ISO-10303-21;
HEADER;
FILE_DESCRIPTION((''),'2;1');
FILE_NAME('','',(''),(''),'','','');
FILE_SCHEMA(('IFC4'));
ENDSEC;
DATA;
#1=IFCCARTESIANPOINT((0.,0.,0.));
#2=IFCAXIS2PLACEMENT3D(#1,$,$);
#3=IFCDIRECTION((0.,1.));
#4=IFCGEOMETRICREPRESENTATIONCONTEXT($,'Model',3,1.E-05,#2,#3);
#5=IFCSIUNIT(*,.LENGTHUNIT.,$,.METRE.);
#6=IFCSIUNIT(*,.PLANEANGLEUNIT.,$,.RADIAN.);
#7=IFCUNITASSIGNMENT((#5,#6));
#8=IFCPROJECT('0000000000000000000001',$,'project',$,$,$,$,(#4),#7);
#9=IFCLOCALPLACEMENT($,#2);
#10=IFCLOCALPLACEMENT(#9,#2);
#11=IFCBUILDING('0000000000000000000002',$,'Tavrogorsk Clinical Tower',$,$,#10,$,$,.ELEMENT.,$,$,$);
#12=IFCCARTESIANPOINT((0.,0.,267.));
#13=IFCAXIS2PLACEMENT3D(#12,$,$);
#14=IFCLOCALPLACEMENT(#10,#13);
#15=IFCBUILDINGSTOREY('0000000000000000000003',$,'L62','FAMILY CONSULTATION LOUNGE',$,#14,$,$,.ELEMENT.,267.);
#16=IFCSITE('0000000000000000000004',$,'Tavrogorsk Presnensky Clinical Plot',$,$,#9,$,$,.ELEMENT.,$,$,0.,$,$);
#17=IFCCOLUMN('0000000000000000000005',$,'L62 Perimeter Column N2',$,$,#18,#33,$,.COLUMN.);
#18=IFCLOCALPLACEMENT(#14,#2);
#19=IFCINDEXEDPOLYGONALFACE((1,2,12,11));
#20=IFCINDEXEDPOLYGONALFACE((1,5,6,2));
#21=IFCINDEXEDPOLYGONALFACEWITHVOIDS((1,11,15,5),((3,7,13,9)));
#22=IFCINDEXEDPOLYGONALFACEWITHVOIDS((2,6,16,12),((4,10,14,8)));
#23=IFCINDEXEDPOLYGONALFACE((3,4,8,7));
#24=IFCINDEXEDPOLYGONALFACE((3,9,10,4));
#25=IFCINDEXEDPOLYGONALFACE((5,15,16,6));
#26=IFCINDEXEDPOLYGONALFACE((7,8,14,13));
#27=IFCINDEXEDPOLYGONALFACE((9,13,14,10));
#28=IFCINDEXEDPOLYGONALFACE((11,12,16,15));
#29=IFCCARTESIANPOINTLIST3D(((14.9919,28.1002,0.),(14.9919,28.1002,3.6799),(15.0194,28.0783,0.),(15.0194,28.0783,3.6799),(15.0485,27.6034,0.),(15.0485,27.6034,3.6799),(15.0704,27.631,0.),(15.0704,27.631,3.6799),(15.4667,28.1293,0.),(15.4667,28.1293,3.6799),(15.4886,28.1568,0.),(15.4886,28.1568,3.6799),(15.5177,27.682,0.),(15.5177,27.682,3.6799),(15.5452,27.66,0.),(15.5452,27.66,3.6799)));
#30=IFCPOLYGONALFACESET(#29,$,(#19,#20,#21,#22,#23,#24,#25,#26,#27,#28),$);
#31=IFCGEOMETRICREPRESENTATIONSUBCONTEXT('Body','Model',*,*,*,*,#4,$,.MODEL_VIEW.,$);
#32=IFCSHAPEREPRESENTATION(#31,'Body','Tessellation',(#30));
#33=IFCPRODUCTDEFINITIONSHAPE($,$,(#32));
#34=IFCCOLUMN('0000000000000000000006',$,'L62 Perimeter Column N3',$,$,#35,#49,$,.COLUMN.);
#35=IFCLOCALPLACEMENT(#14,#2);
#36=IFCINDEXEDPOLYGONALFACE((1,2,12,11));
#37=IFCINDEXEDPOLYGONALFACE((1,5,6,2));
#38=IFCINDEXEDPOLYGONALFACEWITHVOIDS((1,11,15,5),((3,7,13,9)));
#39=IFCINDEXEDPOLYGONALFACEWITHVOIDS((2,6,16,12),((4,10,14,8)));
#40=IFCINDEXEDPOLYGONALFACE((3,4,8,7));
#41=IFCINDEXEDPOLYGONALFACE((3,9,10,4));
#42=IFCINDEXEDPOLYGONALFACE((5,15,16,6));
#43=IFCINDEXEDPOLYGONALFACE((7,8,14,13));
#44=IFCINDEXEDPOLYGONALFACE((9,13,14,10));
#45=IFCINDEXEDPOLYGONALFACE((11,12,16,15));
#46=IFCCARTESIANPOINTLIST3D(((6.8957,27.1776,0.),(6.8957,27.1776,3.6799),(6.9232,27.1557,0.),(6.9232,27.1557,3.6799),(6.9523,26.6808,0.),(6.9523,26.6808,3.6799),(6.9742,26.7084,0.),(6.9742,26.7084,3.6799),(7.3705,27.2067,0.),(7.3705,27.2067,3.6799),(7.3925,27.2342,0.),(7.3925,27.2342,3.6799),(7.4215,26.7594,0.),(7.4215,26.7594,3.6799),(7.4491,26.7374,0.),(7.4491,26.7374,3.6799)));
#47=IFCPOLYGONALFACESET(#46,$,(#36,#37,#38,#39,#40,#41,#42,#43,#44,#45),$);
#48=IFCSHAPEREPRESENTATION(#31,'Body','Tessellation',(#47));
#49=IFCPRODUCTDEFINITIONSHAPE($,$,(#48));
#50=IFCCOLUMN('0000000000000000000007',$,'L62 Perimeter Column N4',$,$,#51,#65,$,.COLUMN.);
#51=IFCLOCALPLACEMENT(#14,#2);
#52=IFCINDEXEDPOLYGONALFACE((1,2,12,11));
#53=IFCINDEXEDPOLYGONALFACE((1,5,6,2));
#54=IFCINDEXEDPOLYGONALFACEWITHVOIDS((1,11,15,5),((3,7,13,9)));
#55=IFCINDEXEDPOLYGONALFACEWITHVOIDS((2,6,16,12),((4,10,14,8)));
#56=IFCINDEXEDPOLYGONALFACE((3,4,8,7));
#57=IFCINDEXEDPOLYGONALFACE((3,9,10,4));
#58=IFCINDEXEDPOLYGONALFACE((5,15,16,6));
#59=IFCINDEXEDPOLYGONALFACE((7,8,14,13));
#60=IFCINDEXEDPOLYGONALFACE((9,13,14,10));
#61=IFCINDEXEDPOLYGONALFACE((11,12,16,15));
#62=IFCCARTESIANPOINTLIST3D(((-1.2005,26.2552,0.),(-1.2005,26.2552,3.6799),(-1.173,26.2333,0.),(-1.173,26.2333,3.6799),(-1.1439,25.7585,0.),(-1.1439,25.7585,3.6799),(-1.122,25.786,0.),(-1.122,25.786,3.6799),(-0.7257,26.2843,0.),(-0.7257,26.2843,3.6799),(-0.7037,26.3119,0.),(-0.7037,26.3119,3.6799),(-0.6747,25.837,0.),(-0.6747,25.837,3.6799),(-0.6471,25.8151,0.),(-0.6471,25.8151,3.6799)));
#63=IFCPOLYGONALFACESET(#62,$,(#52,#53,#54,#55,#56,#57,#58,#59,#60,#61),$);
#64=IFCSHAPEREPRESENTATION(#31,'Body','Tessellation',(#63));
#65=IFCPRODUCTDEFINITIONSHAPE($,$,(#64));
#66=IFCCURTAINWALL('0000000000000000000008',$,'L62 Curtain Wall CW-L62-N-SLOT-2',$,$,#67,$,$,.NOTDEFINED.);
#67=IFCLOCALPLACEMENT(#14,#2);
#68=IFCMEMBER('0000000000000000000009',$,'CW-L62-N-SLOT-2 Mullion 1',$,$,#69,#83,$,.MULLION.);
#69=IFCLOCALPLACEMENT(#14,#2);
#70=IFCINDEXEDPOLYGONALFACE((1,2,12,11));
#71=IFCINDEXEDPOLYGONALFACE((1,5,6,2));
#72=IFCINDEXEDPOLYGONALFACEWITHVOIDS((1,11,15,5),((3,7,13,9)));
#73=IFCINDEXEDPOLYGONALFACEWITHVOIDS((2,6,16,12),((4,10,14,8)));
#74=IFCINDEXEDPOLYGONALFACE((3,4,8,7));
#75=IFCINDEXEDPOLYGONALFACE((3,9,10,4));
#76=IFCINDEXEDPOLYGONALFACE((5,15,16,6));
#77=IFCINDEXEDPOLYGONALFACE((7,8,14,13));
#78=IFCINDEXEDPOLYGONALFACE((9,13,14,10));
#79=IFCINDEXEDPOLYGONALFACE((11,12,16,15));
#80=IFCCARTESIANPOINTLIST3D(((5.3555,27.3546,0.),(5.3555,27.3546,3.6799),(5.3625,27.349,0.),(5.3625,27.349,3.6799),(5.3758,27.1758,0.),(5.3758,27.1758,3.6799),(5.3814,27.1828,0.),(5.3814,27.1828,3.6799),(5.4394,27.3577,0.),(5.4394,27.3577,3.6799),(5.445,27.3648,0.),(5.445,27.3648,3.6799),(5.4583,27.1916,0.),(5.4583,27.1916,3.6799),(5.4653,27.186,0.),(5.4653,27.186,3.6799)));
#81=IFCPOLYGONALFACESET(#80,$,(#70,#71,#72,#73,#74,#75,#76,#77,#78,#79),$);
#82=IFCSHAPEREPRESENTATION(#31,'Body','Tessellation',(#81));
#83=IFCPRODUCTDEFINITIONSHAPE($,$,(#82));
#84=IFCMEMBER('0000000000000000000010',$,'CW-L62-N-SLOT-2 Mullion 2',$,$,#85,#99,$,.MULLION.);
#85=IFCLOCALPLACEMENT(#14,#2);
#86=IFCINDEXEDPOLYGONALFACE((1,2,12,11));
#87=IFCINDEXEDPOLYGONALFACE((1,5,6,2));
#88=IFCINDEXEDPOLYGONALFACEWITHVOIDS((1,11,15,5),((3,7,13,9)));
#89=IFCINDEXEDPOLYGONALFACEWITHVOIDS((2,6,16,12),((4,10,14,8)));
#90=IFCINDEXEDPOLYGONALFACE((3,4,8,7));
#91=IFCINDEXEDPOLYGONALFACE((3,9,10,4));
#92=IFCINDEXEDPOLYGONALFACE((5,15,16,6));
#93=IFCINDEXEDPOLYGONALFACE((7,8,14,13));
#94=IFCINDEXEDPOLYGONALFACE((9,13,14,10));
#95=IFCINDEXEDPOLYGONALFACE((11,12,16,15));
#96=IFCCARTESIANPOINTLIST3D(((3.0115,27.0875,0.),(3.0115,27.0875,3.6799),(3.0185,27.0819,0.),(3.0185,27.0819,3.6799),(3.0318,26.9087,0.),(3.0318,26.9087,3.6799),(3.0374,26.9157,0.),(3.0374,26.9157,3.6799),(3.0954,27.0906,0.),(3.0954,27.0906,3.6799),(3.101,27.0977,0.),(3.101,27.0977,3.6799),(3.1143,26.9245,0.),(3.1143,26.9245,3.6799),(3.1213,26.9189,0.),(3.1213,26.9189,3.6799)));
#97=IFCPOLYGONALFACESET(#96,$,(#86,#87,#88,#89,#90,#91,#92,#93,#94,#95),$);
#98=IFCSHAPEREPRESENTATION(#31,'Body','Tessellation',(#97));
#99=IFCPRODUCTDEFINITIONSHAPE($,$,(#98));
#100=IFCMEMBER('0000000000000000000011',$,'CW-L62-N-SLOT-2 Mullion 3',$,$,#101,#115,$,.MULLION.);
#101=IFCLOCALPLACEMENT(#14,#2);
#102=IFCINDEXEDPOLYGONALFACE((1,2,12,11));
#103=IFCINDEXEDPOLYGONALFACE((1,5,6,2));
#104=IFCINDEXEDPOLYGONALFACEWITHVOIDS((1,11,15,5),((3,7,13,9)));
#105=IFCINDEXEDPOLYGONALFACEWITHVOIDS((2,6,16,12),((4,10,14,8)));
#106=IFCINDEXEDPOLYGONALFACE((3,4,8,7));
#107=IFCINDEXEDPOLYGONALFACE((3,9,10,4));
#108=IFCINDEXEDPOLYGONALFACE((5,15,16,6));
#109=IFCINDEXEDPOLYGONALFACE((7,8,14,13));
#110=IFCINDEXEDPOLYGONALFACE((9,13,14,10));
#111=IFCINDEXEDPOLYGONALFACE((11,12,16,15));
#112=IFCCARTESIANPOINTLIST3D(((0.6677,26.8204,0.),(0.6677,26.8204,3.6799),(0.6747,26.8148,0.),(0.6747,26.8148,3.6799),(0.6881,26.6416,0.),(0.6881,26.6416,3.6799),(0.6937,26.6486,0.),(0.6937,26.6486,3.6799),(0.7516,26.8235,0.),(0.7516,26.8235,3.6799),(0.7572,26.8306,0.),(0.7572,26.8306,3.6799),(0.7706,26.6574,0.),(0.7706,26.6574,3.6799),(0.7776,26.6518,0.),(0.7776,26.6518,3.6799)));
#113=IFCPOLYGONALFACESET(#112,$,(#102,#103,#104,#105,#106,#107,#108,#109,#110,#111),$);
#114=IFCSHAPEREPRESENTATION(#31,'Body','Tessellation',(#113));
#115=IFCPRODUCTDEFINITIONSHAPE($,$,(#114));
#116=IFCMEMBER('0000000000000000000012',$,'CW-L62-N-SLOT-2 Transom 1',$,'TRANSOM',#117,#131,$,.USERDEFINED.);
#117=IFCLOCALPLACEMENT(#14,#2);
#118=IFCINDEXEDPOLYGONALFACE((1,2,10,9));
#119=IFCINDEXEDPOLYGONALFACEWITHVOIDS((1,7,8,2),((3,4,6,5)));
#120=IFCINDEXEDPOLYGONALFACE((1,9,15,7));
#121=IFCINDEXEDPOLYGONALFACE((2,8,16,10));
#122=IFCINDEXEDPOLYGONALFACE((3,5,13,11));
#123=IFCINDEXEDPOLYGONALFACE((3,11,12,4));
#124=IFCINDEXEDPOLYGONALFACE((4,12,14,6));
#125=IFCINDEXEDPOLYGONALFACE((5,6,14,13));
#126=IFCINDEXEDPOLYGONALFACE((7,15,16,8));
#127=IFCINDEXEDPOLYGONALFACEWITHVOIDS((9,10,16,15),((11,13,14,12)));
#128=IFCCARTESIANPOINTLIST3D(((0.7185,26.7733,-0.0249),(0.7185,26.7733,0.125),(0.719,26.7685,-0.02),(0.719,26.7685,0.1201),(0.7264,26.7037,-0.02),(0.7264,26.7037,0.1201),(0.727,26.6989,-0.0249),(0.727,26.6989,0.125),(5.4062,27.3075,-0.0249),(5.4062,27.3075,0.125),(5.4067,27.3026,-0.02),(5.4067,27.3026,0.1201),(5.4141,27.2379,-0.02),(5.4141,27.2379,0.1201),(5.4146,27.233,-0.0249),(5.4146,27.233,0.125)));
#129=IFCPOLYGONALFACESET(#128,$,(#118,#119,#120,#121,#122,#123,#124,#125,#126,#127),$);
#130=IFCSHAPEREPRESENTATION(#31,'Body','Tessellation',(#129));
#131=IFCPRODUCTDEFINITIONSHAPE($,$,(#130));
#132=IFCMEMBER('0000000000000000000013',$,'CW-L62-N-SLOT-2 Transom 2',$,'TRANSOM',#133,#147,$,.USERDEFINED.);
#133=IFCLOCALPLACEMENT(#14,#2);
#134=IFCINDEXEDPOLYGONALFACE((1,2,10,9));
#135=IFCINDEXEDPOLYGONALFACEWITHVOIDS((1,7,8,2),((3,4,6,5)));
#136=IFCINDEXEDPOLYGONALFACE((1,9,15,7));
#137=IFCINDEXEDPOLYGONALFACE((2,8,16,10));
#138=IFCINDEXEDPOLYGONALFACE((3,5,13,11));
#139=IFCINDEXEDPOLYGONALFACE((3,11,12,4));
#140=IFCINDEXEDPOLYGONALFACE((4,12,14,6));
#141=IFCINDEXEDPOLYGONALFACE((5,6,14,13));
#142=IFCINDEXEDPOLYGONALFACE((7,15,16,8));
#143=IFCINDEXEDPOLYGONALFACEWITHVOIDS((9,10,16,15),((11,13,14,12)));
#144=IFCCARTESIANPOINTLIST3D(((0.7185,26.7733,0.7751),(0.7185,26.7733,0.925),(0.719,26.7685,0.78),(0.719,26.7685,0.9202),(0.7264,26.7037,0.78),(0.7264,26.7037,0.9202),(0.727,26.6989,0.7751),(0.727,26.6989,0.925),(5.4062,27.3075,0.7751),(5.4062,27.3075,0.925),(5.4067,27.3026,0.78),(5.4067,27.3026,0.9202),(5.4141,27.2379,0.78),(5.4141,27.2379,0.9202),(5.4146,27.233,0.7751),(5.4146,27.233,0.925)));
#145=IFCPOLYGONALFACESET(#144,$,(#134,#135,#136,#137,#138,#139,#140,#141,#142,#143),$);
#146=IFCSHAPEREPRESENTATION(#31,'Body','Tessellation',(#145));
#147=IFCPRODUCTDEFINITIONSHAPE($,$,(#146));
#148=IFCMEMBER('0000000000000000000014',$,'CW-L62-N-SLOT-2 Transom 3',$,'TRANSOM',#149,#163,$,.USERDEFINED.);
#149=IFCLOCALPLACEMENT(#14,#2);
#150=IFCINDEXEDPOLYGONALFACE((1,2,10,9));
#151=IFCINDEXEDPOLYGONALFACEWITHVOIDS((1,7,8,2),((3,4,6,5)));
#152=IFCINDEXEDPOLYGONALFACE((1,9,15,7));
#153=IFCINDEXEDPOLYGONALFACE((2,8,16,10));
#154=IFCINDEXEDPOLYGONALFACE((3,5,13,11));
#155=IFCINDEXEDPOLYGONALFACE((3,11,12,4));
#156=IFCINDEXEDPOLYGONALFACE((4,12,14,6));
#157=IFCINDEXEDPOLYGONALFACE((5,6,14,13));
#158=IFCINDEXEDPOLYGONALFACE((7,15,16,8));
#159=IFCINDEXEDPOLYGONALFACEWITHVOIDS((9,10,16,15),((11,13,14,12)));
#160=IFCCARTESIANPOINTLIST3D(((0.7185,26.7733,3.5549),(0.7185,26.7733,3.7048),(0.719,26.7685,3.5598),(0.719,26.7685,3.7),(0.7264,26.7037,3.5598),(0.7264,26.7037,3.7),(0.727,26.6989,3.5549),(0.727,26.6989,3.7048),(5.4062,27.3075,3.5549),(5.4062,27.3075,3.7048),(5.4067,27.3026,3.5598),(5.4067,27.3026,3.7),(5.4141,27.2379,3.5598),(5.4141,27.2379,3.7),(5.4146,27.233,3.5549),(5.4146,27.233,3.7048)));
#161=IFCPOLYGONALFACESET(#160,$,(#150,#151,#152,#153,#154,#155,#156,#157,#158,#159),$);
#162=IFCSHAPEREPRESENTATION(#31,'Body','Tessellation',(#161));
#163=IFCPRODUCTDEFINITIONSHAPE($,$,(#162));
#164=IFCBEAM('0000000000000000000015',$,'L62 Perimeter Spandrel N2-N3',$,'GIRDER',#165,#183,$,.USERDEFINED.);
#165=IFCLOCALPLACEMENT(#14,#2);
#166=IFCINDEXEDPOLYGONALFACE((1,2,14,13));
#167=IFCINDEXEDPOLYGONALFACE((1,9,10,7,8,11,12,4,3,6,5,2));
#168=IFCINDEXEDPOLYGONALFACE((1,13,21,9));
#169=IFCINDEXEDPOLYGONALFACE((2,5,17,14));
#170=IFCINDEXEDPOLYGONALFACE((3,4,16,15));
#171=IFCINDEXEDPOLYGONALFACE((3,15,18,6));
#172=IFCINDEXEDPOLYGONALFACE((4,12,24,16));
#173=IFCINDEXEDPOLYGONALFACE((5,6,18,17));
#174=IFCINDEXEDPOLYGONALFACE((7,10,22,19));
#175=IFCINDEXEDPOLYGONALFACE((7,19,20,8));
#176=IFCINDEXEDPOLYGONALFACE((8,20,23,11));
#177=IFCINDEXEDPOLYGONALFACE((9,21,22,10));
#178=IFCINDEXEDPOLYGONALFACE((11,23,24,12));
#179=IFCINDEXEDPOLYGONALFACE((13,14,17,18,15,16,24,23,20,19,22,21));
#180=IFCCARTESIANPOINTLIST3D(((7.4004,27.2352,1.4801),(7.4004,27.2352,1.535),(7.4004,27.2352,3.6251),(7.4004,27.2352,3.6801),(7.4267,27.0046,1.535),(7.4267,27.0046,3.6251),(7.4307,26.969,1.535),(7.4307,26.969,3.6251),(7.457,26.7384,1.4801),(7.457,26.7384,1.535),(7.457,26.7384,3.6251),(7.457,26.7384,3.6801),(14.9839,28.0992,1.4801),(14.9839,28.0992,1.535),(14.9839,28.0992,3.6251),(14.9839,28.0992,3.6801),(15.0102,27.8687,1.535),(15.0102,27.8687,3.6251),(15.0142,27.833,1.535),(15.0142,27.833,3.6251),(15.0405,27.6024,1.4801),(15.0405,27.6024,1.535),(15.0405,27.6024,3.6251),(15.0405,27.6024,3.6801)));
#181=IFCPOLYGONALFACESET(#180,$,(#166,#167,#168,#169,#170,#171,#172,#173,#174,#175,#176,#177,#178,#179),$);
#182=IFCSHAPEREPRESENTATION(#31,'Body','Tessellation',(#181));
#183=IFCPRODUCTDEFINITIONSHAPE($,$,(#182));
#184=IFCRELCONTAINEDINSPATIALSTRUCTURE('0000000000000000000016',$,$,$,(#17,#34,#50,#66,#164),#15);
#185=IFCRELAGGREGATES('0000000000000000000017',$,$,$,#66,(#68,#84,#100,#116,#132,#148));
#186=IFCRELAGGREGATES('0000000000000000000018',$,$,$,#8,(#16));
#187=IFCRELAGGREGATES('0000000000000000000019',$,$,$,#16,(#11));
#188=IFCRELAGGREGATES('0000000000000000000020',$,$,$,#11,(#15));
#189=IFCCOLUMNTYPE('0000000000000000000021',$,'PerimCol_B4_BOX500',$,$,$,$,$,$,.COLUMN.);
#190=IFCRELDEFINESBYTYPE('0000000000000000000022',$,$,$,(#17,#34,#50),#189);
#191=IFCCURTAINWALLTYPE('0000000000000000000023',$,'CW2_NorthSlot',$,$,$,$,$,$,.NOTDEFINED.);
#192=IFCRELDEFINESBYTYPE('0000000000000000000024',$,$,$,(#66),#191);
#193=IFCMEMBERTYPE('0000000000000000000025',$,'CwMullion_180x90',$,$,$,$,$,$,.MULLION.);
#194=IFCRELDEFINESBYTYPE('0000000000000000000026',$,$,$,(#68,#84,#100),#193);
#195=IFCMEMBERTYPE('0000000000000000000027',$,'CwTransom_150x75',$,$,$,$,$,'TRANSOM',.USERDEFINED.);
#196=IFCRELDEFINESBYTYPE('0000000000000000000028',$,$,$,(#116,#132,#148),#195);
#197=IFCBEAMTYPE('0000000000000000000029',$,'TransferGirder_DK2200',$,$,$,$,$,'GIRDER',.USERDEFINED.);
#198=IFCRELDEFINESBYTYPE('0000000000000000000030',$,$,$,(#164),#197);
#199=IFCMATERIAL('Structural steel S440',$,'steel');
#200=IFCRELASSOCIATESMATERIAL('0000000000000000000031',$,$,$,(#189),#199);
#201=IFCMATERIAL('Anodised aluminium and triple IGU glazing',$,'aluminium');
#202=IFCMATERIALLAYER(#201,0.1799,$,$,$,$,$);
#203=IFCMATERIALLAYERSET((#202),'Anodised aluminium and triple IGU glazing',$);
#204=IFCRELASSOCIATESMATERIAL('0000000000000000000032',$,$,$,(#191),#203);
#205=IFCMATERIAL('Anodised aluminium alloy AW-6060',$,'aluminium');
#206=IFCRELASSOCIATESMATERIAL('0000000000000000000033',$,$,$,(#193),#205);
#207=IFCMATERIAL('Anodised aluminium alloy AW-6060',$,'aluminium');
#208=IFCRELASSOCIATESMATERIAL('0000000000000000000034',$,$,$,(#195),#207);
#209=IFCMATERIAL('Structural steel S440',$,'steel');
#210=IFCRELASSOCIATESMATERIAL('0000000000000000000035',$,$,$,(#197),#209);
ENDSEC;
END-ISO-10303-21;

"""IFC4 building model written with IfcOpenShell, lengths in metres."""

from ifc_helpers import new_model, si_unit, direction, frame, origin, origin_2d, place, context, subcontext, project, spatial, hollow_rectangle, i_section, extrude, material, layer, layer_set, material_profile, profile_set, type_object, element, aggregate, save


model = new_model("IFC4")

# Units and contexts
model_context = context("Model", 3, precision=1e-05, world=origin(), true_north=direction((0.0, 1.0)))
body_context = subcontext(model_context, "Body", "Model", "MODEL_VIEW")
ifc_project = project(units=[si_unit("LENGTHUNIT", "METRE"), si_unit("PLANEANGLEUNIT", "RADIAN")], contexts=[model_context])

# Site, building, storey
site_placement = place(None, origin())
site = spatial("IfcSite", under=ifc_project, at=site_placement, Name="Tavrogorsk Presnensky Clinical Plot", CompositionType="ELEMENT", RefElevation=0.0)
building_placement = place(site_placement, origin())
building = spatial("IfcBuilding", under=site, at=building_placement, Name="Tavrogorsk Clinical Tower", CompositionType="ELEMENT")
storey_placement = place(building_placement, frame((0.0, 0.0, 267.0)))
storey = spatial("IfcBuildingStorey", under=building, at=storey_placement, Name="L62", Description="FAMILY CONSULTATION LOUNGE", CompositionType="ELEMENT", Elevation=267.0)

# Columns
ifc_material_1 = material(Name="Structural steel S440", Category="steel")
ifc_material_profile_1 = material_profile(ifc_material_1, hollow_rectangle(XDim=0.5, YDim=0.5, WallThickness=0.0249, at=origin_2d()), Name="BOX-500x500x25")
ifc_profile_set_1 = profile_set([ifc_material_profile_1], Name="Structural steel S440")
column_type = type_object("IfcColumnType", Name="PerimCol_B4_BOX500", PredefinedType="COLUMN", material=ifc_profile_set_1)
for number, where, z_axis, x_axis, name in (
    (1, (15.2686, 27.8801, 0.0), (0.0, 0.0, 1.0), (0.993572, 0.113203, 0.0), "L62 Perimeter Column N2"),
    (2, (7.1724, 26.9575, 0.0), (0.0, 0.0, 1.0), (0.993572, 0.113203, 0.0), "L62 Perimeter Column N3"),
    (3, (-0.9238, 26.0352, 0.0), (0.0, 0.0, 1.0), (0.993572, 0.113203, 0.0), "L62 Perimeter Column N4"),
):
    element("IfcColumn", number, at=place(storey_placement, frame(where, z_axis=z_axis, x_axis=x_axis)), inside=storey, type_object=column_type, Name=name, PredefinedType="COLUMN", context=body_context, shape_type="SweptSolid", body=[
        extrude(hollow_rectangle(XDim=0.5, YDim=0.5, WallThickness=0.0249, at=origin_2d()), origin(), (0.0, 0.0, 1.0), 3.6799),
    ])

# Curtain wall, members
ifc_material_2 = material(Name="Anodised aluminium and triple IGU glazing", Category="aluminium")
ifc_layer_1 = layer(ifc_material_2, 0.1799)
ifc_layer_set_1 = layer_set([ifc_layer_1], Name="Anodised aluminium and triple IGU glazing")
curtain_wall_type = type_object("IfcCurtainWallType", Name="CW2_NorthSlot", PredefinedType="NOTDEFINED", material=ifc_layer_set_1)
curtain_wall_placement = place(storey_placement, origin())
curtain_wall = element("IfcCurtainWall", 4, at=curtain_wall_placement, inside=storey, type_object=curtain_wall_type, Name="L62 Curtain Wall CW-L62-N-SLOT-2", PredefinedType="NOTDEFINED")
ifc_material_3 = material(Name="Anodised aluminium alloy AW-6060", Category="aluminium")
ifc_material_profile_2 = material_profile(ifc_material_3, hollow_rectangle(XDim=0.0901, YDim=0.1799, WallThickness=0.0063, at=origin_2d()), Name="RHS-180x90x6.3")
ifc_profile_set_2 = profile_set([ifc_material_profile_2], Name="Anodised aluminium alloy AW-6060")
member_type_1 = type_object("IfcMemberType", Name="CwMullion_180x90", PredefinedType="MULLION", material=ifc_profile_set_2)
member_1_placement = place(storey_placement, frame((5.4104, 27.2703, 0.0), z_axis=(0.0, 0.0, 1.0), x_axis=(-0.993572, -0.113203, 0.0)))
member_1 = element("IfcMember", 5, at=member_1_placement, type_object=member_type_1, Name="CW-L62-N-SLOT-2 Mullion 1", PredefinedType="MULLION", context=body_context, shape_type="SweptSolid", body=[
    extrude(hollow_rectangle(XDim=0.0901, YDim=0.1799, WallThickness=0.0063, at=origin_2d()), origin(), (0.0, 0.0, 1.0), 3.6799),
])
member_2_placement = place(storey_placement, frame((3.0664, 27.0032, 0.0), z_axis=(0.0, 0.0, 1.0), x_axis=(-0.993572, -0.113203, 0.0)))
member_2 = element("IfcMember", 6, at=member_2_placement, type_object=member_type_1, Name="CW-L62-N-SLOT-2 Mullion 2", PredefinedType="MULLION", context=body_context, shape_type="SweptSolid", body=[
    extrude(hollow_rectangle(XDim=0.0901, YDim=0.1799, WallThickness=0.0063, at=origin_2d()), origin(), (0.0, 0.0, 1.0), 3.6799),
])
member_3_placement = place(storey_placement, frame((0.7227, 26.7361, 0.0), z_axis=(0.0, 0.0, 1.0), x_axis=(-0.993572, -0.113203, 0.0)))
member_3 = element("IfcMember", 7, at=member_3_placement, type_object=member_type_1, Name="CW-L62-N-SLOT-2 Mullion 3", PredefinedType="MULLION", context=body_context, shape_type="SweptSolid", body=[
    extrude(hollow_rectangle(XDim=0.0901, YDim=0.1799, WallThickness=0.0063, at=origin_2d()), origin(), (0.0, 0.0, 1.0), 3.6799),
])
ifc_material_4 = material(Name="Anodised aluminium alloy AW-6060", Category="aluminium")
ifc_material_profile_3 = material_profile(ifc_material_4, hollow_rectangle(XDim=0.075, YDim=0.1499, WallThickness=0.0049, at=origin_2d()), Name="RHS-150x75x5")
ifc_profile_set_3 = profile_set([ifc_material_profile_3], Name="Anodised aluminium alloy AW-6060")
member_type_2 = type_object("IfcMemberType", Name="CwTransom_150x75", ElementType="TRANSOM", PredefinedType="USERDEFINED", material=ifc_profile_set_3)
member_4_placement = place(storey_placement, frame((5.4104, 27.2703, 0.05), z_axis=(-0.99357, -0.11322, 0.0), x_axis=(0.11322, -0.99357, 0.0)))
member_4 = element("IfcMember", 8, at=member_4_placement, type_object=member_type_2, Name="CW-L62-N-SLOT-2 Transom 1", ObjectType="TRANSOM", PredefinedType="USERDEFINED", context=body_context, shape_type="SweptSolid", body=[
    extrude(hollow_rectangle(XDim=0.075, YDim=0.1499, WallThickness=0.0049, at=origin_2d()), origin(), (0.0, 0.0, 1.0), 4.718),
])
member_5_placement = place(storey_placement, frame((5.4104, 27.2703, 0.8501), z_axis=(-0.99357, -0.11322, 0.0), x_axis=(0.11322, -0.99357, 0.0)))
member_5 = element("IfcMember", 9, at=member_5_placement, type_object=member_type_2, Name="CW-L62-N-SLOT-2 Transom 2", ObjectType="TRANSOM", PredefinedType="USERDEFINED", context=body_context, shape_type="SweptSolid", body=[
    extrude(hollow_rectangle(XDim=0.075, YDim=0.1499, WallThickness=0.0049, at=origin_2d()), origin(), (0.0, 0.0, 1.0), 4.718),
])
member_6_placement = place(storey_placement, frame((5.4104, 27.2703, 3.6299), z_axis=(-0.99357, -0.11322, 0.0), x_axis=(0.11322, -0.99357, 0.0)))
member_6 = element("IfcMember", 10, at=member_6_placement, type_object=member_type_2, Name="CW-L62-N-SLOT-2 Transom 3", ObjectType="TRANSOM", PredefinedType="USERDEFINED", context=body_context, shape_type="SweptSolid", body=[
    extrude(hollow_rectangle(XDim=0.075, YDim=0.1499, WallThickness=0.0049, at=origin_2d()), origin(), (0.0, 0.0, 1.0), 4.718),
])

# Beam
ifc_material_5 = material(Name="Structural steel S440", Category="steel")
ifc_material_profile_4 = material_profile(ifc_material_5, i_section(OverallWidth=0.5, OverallDepth=2.2, WebThickness=0.0359, FlangeThickness=0.0549, at=origin_2d()), Name="DK-2200x500x36x55")
ifc_profile_set_4 = profile_set([ifc_material_profile_4], Name="Structural steel S440")
beam_type = type_object("IfcBeamType", Name="TransferGirder_DK2200", ElementType="GIRDER", PredefinedType="USERDEFINED", material=ifc_profile_set_4)
for number, where, z_axis, x_axis, name in (
    (11, (15.0122, 27.8508, 2.5801), (-0.993572, -0.113201, 0.0), (0.113201, -0.993572, 0.0), "L62 Perimeter Spandrel N2-N3"),
):
    element("IfcBeam", number, at=place(storey_placement, frame(where, z_axis=z_axis, x_axis=x_axis)), inside=storey, type_object=beam_type, Name=name, ObjectType="GIRDER", PredefinedType="USERDEFINED", context=body_context, shape_type="SweptSolid", body=[
        extrude(i_section(OverallWidth=0.5, OverallDepth=2.2, WebThickness=0.0359, FlangeThickness=0.0549, at=origin_2d()), origin(), (0.0, 0.0, 1.0), 7.6326),
    ])

aggregate(curtain_wall, [member_1, member_2, member_3, member_4, member_5, member_6])

save(model, "model.ifc")
